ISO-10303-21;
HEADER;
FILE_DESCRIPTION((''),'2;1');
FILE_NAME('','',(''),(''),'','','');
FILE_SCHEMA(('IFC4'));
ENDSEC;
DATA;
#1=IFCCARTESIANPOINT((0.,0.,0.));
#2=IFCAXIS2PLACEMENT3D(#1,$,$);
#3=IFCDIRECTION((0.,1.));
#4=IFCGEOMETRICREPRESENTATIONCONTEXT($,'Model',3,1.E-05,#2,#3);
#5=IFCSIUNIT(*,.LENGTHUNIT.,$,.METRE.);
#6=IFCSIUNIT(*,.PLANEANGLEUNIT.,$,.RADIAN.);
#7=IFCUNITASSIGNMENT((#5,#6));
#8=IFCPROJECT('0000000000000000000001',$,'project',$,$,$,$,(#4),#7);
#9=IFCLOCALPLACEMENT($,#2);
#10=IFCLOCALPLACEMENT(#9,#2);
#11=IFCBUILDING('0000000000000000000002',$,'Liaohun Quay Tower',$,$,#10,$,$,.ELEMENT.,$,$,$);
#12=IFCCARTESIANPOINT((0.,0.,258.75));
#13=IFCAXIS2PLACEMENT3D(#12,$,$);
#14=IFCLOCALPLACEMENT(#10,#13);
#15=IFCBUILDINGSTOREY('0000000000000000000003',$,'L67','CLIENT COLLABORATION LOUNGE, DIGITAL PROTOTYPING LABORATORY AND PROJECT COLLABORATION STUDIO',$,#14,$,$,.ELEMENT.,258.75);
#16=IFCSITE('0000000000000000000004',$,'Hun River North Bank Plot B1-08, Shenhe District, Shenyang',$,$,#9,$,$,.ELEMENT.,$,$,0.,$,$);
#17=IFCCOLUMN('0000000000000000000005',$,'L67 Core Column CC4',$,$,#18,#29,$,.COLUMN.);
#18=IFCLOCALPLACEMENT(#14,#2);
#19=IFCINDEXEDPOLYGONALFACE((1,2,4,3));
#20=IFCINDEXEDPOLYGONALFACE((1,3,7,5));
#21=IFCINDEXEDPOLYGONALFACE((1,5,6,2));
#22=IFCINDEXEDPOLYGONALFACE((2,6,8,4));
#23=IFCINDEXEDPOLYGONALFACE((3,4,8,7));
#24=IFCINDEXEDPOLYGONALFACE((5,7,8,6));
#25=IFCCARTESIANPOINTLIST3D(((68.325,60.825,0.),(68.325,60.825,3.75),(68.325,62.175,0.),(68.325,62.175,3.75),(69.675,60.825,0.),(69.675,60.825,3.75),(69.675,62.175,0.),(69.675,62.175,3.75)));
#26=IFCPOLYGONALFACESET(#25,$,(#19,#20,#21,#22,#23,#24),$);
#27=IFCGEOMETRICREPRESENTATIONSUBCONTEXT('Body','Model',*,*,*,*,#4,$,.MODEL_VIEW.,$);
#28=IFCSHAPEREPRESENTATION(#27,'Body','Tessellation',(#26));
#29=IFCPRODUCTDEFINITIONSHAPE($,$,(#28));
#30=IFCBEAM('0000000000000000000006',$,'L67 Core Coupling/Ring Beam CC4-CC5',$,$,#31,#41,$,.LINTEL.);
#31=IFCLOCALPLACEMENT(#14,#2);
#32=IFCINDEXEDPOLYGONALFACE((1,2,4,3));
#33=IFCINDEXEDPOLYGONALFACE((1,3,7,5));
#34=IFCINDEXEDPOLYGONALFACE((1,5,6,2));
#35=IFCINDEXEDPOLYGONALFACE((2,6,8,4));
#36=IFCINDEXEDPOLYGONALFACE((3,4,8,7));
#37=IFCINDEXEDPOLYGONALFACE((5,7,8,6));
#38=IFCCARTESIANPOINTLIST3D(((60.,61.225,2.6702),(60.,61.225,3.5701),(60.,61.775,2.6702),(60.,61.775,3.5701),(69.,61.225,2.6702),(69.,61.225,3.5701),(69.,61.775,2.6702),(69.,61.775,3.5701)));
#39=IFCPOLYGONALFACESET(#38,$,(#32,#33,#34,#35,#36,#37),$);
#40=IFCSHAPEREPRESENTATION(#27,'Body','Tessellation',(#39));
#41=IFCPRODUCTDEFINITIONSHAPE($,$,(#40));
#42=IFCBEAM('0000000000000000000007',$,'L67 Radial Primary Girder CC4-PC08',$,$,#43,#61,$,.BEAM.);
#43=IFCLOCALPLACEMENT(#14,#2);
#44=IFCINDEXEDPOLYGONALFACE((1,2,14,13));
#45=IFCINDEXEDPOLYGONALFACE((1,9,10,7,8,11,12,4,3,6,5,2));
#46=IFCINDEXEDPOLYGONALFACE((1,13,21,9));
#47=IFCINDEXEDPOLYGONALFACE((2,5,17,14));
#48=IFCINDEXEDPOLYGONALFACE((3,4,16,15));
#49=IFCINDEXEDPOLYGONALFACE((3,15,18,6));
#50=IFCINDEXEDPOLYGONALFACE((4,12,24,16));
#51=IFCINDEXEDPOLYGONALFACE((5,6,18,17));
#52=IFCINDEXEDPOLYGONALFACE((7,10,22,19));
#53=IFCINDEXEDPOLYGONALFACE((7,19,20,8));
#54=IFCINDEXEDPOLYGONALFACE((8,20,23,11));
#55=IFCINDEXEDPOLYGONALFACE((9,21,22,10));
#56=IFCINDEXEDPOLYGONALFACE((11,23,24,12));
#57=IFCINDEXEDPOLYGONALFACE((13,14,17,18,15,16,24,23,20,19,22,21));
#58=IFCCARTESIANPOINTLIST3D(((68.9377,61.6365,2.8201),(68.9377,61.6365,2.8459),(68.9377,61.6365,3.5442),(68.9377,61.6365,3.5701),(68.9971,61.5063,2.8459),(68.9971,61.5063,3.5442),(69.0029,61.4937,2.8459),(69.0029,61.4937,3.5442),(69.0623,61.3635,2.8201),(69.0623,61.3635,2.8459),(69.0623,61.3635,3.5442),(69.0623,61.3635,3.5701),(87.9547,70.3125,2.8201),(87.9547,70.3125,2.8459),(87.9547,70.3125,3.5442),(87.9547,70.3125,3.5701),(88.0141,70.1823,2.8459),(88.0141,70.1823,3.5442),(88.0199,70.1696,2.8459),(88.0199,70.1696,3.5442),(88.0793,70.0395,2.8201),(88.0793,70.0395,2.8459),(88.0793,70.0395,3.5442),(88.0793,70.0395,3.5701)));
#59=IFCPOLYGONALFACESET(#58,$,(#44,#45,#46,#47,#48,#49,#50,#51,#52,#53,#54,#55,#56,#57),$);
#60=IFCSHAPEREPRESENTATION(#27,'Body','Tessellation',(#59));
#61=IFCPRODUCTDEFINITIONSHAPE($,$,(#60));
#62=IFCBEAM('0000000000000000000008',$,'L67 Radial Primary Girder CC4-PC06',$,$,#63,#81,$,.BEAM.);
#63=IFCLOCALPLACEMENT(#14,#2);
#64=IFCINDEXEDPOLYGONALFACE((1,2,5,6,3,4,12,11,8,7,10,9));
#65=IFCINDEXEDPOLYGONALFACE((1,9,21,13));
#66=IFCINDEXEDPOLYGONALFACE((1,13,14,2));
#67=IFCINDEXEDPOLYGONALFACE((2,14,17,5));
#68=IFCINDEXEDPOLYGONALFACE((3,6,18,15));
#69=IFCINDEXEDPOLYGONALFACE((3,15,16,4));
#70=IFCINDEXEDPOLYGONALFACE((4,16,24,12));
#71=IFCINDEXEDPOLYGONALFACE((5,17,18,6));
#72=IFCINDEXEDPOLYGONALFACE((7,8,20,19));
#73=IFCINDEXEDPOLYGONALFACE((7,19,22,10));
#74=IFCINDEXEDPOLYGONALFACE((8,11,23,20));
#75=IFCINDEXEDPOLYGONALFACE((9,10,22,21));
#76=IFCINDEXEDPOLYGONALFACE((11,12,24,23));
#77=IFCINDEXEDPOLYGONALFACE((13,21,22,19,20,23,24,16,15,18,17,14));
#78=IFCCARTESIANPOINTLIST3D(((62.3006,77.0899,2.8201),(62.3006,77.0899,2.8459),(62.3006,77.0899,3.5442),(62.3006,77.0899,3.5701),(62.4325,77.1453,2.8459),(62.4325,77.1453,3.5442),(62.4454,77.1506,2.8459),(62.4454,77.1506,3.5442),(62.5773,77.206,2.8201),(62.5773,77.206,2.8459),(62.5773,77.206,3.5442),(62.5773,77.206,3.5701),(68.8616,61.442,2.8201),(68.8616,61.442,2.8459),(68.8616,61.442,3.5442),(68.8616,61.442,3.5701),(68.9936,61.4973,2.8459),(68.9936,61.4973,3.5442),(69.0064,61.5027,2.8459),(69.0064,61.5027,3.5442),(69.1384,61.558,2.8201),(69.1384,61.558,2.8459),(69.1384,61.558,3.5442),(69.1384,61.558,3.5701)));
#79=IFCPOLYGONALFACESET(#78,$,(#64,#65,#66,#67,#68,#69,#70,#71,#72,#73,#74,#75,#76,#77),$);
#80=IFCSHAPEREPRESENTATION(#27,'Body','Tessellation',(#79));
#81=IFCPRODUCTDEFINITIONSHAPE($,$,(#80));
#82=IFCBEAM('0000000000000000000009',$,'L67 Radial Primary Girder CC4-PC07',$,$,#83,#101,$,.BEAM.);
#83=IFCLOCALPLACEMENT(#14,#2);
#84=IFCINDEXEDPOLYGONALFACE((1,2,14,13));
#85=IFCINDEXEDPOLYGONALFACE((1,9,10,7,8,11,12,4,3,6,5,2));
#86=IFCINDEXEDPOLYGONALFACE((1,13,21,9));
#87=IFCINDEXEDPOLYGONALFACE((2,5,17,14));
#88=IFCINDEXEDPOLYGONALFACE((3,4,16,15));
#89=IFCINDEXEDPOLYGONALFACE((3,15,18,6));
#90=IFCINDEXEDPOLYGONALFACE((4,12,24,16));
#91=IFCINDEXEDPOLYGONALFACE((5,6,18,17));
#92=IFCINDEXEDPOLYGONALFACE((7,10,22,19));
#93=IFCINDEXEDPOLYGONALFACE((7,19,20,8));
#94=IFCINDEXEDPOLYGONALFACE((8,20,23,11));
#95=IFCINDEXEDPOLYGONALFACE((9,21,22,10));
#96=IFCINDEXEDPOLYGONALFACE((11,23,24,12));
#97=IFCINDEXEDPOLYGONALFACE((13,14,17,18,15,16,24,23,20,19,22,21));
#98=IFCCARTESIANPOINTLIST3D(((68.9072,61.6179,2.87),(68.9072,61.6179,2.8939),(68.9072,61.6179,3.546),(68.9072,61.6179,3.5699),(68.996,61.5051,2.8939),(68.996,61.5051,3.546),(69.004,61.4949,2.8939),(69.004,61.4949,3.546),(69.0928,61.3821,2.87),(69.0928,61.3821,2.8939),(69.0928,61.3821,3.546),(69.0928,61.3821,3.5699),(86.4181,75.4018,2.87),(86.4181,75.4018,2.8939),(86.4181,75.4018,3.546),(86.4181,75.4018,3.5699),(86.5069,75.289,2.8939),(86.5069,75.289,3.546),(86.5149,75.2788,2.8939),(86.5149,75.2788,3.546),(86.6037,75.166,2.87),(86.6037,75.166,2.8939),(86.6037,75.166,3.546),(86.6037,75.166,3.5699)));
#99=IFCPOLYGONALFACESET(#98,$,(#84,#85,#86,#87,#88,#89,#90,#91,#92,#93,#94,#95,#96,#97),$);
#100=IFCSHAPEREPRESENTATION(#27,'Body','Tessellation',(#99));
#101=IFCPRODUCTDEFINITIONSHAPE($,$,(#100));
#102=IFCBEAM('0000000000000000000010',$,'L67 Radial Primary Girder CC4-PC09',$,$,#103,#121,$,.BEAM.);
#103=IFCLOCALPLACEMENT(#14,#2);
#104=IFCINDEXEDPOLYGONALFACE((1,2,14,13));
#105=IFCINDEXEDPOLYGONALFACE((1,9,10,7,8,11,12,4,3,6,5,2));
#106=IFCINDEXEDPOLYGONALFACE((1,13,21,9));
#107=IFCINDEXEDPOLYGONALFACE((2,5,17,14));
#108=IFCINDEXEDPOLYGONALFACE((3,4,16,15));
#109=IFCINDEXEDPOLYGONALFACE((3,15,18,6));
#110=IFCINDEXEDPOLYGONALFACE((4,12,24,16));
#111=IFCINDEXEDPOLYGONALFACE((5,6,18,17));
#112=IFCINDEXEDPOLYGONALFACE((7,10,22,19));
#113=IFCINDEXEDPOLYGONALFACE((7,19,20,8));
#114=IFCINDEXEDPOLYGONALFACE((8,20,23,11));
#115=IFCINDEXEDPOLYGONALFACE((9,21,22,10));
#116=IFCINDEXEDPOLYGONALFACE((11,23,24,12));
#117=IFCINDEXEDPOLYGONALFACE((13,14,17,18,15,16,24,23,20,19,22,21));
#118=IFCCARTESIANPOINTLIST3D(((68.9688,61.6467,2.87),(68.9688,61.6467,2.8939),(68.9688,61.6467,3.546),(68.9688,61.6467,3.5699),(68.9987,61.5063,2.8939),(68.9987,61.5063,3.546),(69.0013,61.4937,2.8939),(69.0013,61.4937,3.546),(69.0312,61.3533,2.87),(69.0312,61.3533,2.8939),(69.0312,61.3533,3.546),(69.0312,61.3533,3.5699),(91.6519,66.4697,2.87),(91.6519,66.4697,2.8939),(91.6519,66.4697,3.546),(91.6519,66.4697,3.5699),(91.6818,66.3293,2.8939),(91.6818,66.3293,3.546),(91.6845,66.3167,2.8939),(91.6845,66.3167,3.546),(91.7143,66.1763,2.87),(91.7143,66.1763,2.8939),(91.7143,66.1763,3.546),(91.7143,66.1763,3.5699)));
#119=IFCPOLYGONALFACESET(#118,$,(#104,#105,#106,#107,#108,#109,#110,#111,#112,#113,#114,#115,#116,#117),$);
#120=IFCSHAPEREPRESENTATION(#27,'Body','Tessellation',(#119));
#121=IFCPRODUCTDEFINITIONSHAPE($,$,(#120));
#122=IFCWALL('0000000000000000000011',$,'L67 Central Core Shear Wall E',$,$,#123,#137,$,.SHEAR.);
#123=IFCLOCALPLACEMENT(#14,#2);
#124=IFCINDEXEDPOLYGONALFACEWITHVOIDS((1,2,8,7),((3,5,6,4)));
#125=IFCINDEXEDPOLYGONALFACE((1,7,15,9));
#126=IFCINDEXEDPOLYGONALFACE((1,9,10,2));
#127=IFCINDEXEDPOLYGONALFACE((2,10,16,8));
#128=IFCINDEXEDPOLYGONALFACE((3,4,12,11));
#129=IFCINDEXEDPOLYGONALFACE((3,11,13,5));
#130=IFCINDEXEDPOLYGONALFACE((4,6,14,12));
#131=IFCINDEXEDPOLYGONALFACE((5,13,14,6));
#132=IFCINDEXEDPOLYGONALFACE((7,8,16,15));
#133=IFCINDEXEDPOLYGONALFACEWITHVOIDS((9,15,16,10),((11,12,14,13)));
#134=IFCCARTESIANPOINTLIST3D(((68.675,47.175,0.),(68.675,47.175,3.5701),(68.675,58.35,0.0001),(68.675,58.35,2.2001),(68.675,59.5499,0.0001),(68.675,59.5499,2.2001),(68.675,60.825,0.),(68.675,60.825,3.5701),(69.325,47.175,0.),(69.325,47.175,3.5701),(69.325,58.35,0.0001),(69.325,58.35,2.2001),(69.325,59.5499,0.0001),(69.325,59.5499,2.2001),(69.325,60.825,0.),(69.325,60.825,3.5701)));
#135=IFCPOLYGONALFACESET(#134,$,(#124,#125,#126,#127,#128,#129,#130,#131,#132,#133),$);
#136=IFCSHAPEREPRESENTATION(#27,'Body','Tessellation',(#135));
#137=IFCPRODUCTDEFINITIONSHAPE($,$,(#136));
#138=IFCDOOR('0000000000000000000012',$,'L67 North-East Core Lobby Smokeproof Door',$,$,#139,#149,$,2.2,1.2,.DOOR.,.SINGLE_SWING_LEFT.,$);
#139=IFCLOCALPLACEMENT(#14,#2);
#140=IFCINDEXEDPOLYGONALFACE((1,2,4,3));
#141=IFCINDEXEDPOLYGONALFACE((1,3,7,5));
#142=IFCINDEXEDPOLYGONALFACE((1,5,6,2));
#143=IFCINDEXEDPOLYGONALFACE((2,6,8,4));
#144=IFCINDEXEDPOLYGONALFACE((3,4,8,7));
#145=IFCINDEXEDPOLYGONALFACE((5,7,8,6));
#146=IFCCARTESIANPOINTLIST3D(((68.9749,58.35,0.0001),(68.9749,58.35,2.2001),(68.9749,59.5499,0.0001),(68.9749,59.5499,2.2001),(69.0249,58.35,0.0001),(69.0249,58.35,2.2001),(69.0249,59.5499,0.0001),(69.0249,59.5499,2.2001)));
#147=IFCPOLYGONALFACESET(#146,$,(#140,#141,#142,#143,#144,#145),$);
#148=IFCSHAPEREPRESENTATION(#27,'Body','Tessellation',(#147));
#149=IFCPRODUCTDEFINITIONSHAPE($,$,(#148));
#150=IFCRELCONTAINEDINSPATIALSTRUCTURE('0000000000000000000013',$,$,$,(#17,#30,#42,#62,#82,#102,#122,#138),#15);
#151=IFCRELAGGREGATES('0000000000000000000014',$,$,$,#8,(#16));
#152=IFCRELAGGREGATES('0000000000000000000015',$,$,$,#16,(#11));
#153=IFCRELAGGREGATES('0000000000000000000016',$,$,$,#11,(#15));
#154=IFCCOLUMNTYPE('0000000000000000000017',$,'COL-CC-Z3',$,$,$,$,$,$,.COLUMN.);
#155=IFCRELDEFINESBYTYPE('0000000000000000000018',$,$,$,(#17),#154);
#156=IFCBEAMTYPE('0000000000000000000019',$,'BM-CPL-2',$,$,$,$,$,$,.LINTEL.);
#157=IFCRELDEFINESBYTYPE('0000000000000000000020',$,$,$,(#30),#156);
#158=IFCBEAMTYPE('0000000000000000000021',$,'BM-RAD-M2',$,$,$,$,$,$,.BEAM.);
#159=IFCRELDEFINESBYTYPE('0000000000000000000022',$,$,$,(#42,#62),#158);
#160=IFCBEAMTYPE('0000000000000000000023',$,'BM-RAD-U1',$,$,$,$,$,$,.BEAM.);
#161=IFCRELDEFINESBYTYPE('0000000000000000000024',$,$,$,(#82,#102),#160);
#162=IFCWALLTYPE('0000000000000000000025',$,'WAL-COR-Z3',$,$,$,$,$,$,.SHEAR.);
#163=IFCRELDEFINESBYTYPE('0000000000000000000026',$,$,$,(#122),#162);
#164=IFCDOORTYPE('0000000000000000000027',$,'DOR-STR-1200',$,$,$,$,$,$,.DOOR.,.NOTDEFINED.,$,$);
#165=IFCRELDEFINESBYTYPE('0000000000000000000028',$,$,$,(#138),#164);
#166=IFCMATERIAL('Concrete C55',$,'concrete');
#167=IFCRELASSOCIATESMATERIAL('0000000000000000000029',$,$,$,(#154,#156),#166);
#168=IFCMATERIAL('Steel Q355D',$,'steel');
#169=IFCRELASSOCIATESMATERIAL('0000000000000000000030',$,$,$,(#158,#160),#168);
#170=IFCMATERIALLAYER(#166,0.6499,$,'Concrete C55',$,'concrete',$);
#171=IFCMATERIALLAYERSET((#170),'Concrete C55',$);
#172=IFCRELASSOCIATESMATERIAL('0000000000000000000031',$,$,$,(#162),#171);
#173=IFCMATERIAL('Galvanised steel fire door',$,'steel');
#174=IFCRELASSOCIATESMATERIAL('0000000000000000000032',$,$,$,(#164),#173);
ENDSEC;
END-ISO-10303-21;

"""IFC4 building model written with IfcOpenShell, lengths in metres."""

from ifc_helpers import new_model, si_unit, direction, frame, frame_2d, origin, origin_2d, place, context, subcontext, project, spatial, rectangle, i_section, extrude, source, transform, mapped, material, layer, layer_set, material_profile, profile_set, type_object, element, fill, save


model = new_model("IFC4")

# Units and contexts
model_context = context("Model", 3, precision=1e-05, world=origin(), true_north=direction((0.0, 1.0)))
body_context = subcontext(model_context, "Body", "Model", "MODEL_VIEW")
ifc_project = project(units=[si_unit("LENGTHUNIT", "METRE"), si_unit("PLANEANGLEUNIT", "RADIAN")], contexts=[model_context])

# Site, building, storey
site_placement = place(None, origin())
site = spatial("IfcSite", under=ifc_project, at=site_placement, Name="Hun River North Bank Plot B1-08, Shenhe District, Shenyang", CompositionType="ELEMENT", RefElevation=0.0)
building_placement = place(site_placement, origin())
building = spatial("IfcBuilding", under=site, at=building_placement, Name="Liaohun Quay Tower", CompositionType="ELEMENT")
storey_placement = place(building_placement, frame((0.0, 0.0, 258.75)))
storey = spatial("IfcBuildingStorey", under=building, at=storey_placement, Name="L67", Description="CLIENT COLLABORATION LOUNGE, DIGITAL PROTOTYPING LABORATORY AND PROJECT COLLABORATION STUDIO", CompositionType="ELEMENT", Elevation=258.75)

# Column
ifc_material_1 = material(Name="Concrete C55", Category="concrete")
ifc_material_profile_1 = material_profile(ifc_material_1, rectangle(XDim=1.3501, YDim=1.3501, at=origin_2d()), Name="RC1350x1350")
ifc_profile_set_1 = profile_set([ifc_material_profile_1], Name="Concrete C55")
column_type = type_object("IfcColumnType", Name="COL-CC-Z3", PredefinedType="COLUMN", material=ifc_profile_set_1)
shared_shape_1 = source(origin(), body_context, "Body", "SweptSolid", [
    extrude(rectangle(XDim=1.3501, YDim=1.3501, at=origin_2d()), origin(), (0.0, 0.0, 1.0), 3.75),
])
column_placement = place(storey_placement, frame((69.0, 61.5, 0.0), z_axis=(0.0, 0.0, 1.0), x_axis=(1.0, 0.0, 0.0)))
element("IfcColumn", 1, at=column_placement, inside=storey, type_object=column_type, Name="L67 Core Column CC4", PredefinedType="COLUMN", context=body_context, shape_type="MappedRepresentation", body=[
    mapped(shared_shape_1, transform((0.0, 0.0, 0.0), x_axis=(1.0, 0.0, 0.0), y_axis=(0.0, 1.0, 0.0), z_axis=(0.0, 0.0, 1.0), scale=1.0)),
])

# Beams
ifc_material_profile_2 = material_profile(ifc_material_1, rectangle(XDim=0.55, YDim=0.8999, at=origin_2d()), Name="RC550x900")
ifc_profile_set_2 = profile_set([ifc_material_profile_2], Name="Concrete C55")
beam_type_1 = type_object("IfcBeamType", Name="BM-CPL-2", PredefinedType="LINTEL", material=ifc_profile_set_2)
shared_shape_2 = source(origin(), body_context, "Body", "SweptSolid", [
    extrude(rectangle(XDim=0.55, YDim=0.8999, at=origin_2d()), origin(), (0.0, 0.0, 1.0), 9.0),
])
beam_1_placement = place(storey_placement, frame((69.0, 61.5, 3.1201), z_axis=(-1.0, 0.0, 0.0), x_axis=(0.0, -1.0, 0.0)))
element("IfcBeam", 2, at=beam_1_placement, inside=storey, type_object=beam_type_1, Name="L67 Core Coupling/Ring Beam CC4-CC5", PredefinedType="LINTEL", context=body_context, shape_type="MappedRepresentation", body=[
    mapped(shared_shape_2, transform((0.0, 0.0, 0.0), x_axis=(1.0, 0.0, 0.0), y_axis=(0.0, 1.0, 0.0), z_axis=(0.0, 0.0, 1.0), scale=1.0)),
])
ifc_material_2 = material(Name="Steel Q355D", Category="steel")
ifc_material_profile_3 = material_profile(ifc_material_2, i_section(OverallWidth=0.3, OverallDepth=0.75, WebThickness=0.0139, FlangeThickness=0.0259, at=origin_2d()), Name="HN750x300x14x26")
ifc_profile_set_3 = profile_set([ifc_material_profile_3], Name="Steel Q355D")
beam_type_2 = type_object("IfcBeamType", Name="BM-RAD-M2", PredefinedType="BEAM", material=ifc_profile_set_3)
shared_shape_3 = source(origin(), body_context, "Body", "SweptSolid", [
    extrude(i_section(OverallWidth=0.3, OverallDepth=0.75, WebThickness=0.0139, FlangeThickness=0.0259, at=origin_2d()), origin(), (0.0, 0.0, 1.0), 20.9026),
])
beam_2_placement = place(storey_placement, frame((69.0, 61.5, 3.1951), z_axis=(0.909791, 0.415067, 0.0), x_axis=(-0.415067, 0.909791, 0.0)))
element("IfcBeam", 3, at=beam_2_placement, inside=storey, type_object=beam_type_2, Name="L67 Radial Primary Girder CC4-PC08", PredefinedType="BEAM", context=body_context, shape_type="MappedRepresentation", body=[
    mapped(shared_shape_3, transform((0.0, 0.0, 0.0), x_axis=(1.0, 0.0, 0.0), y_axis=(0.0, 1.0, 0.0), z_axis=(0.0, 0.0, 1.0), scale=1.0)),
])
shared_shape_4 = source(origin(), body_context, "Body", "SweptSolid", [
    extrude(i_section(OverallWidth=0.3, OverallDepth=0.75, WebThickness=0.0139, FlangeThickness=0.0259, at=origin_2d()), origin(), (0.0, 0.0, 1.0), 16.9678),
])
beam_3_placement = place(storey_placement, frame((69.0, 61.5, 3.1951), z_axis=(-0.386676, 0.922216, 0.0), x_axis=(-0.922216, -0.386676, 0.0)))
element("IfcBeam", 4, at=beam_3_placement, inside=storey, type_object=beam_type_2, Name="L67 Radial Primary Girder CC4-PC06", PredefinedType="BEAM", context=body_context, shape_type="MappedRepresentation", body=[
    mapped(shared_shape_4, transform((0.0, 0.0, 0.0), x_axis=(1.0, 0.0, 0.0), y_axis=(0.0, 1.0, 0.0), z_axis=(0.0, 0.0, 1.0), scale=1.0)),
])
ifc_material_profile_4 = material_profile(ifc_material_2, i_section(OverallWidth=0.3, OverallDepth=0.7, WebThickness=0.0129, FlangeThickness=0.0239, at=origin_2d()), Name="HN700x300x13x24")
ifc_profile_set_4 = profile_set([ifc_material_profile_4], Name="Steel Q355D")
beam_type_3 = type_object("IfcBeamType", Name="BM-RAD-U1", PredefinedType="BEAM", material=ifc_profile_set_4)
shared_shape_5 = source(origin(), body_context, "Body", "SweptSolid", [
    extrude(i_section(OverallWidth=0.3, OverallDepth=0.7, WebThickness=0.0129, FlangeThickness=0.0239, at=origin_2d()), origin(), (0.0, 0.0, 1.0), 22.2852),
])
beam_4_placement = place(storey_placement, frame((69.0, 61.5, 3.22), z_axis=(0.785766, 0.618523, 0.0), x_axis=(-0.618523, 0.785766, 0.0)))
element("IfcBeam", 5, at=beam_4_placement, inside=storey, type_object=beam_type_3, Name="L67 Radial Primary Girder CC4-PC07", PredefinedType="BEAM", context=body_context, shape_type="MappedRepresentation", body=[
    mapped(shared_shape_5, transform((0.0, 0.0, 0.0), x_axis=(1.0, 0.0, 0.0), y_axis=(0.0, 1.0, 0.0), z_axis=(0.0, 0.0, 1.0), scale=1.0)),
])
shared_shape_6 = source(origin(), body_context, "Body", "SweptSolid", [
    extrude(i_section(OverallWidth=0.3, OverallDepth=0.7, WebThickness=0.0129, FlangeThickness=0.0239, at=origin_2d()), origin(), (0.0, 0.0, 1.0), 23.1902),
])
beam_5_placement = place(storey_placement, frame((69.0, 61.5, 3.22), z_axis=(0.978134, 0.207976, 0.0), x_axis=(-0.207976, 0.978134, 0.0)))
element("IfcBeam", 6, at=beam_5_placement, inside=storey, type_object=beam_type_3, Name="L67 Radial Primary Girder CC4-PC09", PredefinedType="BEAM", context=body_context, shape_type="MappedRepresentation", body=[
    mapped(shared_shape_6, transform((0.0, 0.0, 0.0), x_axis=(1.0, 0.0, 0.0), y_axis=(0.0, 1.0, 0.0), z_axis=(0.0, 0.0, 1.0), scale=1.0)),
])

# Wall, opening, door
ifc_layer_1 = layer(ifc_material_1, 0.6499, Name="Concrete C55", Category="concrete")
ifc_layer_set_1 = layer_set([ifc_layer_1], Name="Concrete C55")
wall_type_1 = type_object("IfcWallType", Name="WAL-COR-Z3", PredefinedType="SHEAR", material=ifc_layer_set_1)
wall_1_placement = place(storey_placement, frame((69.0, 60.825, 0.0), z_axis=(0.0, 0.0, 1.0), x_axis=(0.0, -1.0, 0.0)))
wall_1 = element("IfcWall", 7, at=wall_1_placement, inside=storey, type_object=wall_type_1, Name="L67 Central Core Shear Wall E", PredefinedType="SHEAR", context=body_context, shape_type="SweptSolid", body=[
    extrude(rectangle(XDim=13.6499, YDim=0.6499, at=frame_2d((6.825, 0.0))), origin(), (0.0, 0.0, 1.0), 3.5701),
])
shared_shape_7 = source(origin(), body_context, "Body", "SweptSolid", [
    extrude(rectangle(XDim=1.2, YDim=2.2, at=frame_2d((0.6001, 1.1001))), frame((0.0, 0.335, 0.0), z_axis=(0.0, -1.0, 0.0), x_axis=(1.0, 0.0, 0.0)), (0.0, 0.0, 1.0), 0.6699),
])
opening_1_placement = place(wall_1_placement, frame((1.2749, 0.0, 0.0)))
opening_1 = element("IfcOpeningElement", 8, at=opening_1_placement, cuts=wall_1, PredefinedType="OPENING", context=body_context, shape_type="MappedRepresentation", body=[
    mapped(shared_shape_7, transform((0.0, 0.0, 0.0), x_axis=(1.0, 0.0, 0.0), y_axis=(0.0, 1.0, 0.0), z_axis=(0.0, 0.0, 1.0), scale=1.0)),
])
ifc_material_3 = material(Name="Galvanised steel fire door", Category="steel")
door_type_1 = type_object("IfcDoorType", Name="DOR-STR-1200", OperationType="NOTDEFINED", PredefinedType="DOOR", material=ifc_material_3)
shared_shape_8 = source(origin(), body_context, "Body", "SweptSolid", [
    extrude(rectangle(XDim=1.2, YDim=2.2, at=frame_2d((0.6001, 1.1001))), frame((0.0, 0.0249, 0.0), z_axis=(0.0, -1.0, 0.0), x_axis=(1.0, 0.0, 0.0)), (0.0, 0.0, 1.0), 0.05),
])
door_1_placement = place(opening_1_placement, origin())
door_1 = element("IfcDoor", 9, at=door_1_placement, inside=storey, type_object=door_type_1, Name="L67 North-East Core Lobby Smokeproof Door", OperationType="SINGLE_SWING_LEFT", OverallHeight=2.2, OverallWidth=1.2, PredefinedType="DOOR", context=body_context, shape_type="MappedRepresentation", body=[
    mapped(shared_shape_8, transform((0.0, 0.0, 0.0), x_axis=(1.0, 0.0, 0.0), y_axis=(0.0, 1.0, 0.0), z_axis=(0.0, 0.0, 1.0), scale=1.0)),
])
fill(opening_1, door_1)

save(model, "model.ifc")
